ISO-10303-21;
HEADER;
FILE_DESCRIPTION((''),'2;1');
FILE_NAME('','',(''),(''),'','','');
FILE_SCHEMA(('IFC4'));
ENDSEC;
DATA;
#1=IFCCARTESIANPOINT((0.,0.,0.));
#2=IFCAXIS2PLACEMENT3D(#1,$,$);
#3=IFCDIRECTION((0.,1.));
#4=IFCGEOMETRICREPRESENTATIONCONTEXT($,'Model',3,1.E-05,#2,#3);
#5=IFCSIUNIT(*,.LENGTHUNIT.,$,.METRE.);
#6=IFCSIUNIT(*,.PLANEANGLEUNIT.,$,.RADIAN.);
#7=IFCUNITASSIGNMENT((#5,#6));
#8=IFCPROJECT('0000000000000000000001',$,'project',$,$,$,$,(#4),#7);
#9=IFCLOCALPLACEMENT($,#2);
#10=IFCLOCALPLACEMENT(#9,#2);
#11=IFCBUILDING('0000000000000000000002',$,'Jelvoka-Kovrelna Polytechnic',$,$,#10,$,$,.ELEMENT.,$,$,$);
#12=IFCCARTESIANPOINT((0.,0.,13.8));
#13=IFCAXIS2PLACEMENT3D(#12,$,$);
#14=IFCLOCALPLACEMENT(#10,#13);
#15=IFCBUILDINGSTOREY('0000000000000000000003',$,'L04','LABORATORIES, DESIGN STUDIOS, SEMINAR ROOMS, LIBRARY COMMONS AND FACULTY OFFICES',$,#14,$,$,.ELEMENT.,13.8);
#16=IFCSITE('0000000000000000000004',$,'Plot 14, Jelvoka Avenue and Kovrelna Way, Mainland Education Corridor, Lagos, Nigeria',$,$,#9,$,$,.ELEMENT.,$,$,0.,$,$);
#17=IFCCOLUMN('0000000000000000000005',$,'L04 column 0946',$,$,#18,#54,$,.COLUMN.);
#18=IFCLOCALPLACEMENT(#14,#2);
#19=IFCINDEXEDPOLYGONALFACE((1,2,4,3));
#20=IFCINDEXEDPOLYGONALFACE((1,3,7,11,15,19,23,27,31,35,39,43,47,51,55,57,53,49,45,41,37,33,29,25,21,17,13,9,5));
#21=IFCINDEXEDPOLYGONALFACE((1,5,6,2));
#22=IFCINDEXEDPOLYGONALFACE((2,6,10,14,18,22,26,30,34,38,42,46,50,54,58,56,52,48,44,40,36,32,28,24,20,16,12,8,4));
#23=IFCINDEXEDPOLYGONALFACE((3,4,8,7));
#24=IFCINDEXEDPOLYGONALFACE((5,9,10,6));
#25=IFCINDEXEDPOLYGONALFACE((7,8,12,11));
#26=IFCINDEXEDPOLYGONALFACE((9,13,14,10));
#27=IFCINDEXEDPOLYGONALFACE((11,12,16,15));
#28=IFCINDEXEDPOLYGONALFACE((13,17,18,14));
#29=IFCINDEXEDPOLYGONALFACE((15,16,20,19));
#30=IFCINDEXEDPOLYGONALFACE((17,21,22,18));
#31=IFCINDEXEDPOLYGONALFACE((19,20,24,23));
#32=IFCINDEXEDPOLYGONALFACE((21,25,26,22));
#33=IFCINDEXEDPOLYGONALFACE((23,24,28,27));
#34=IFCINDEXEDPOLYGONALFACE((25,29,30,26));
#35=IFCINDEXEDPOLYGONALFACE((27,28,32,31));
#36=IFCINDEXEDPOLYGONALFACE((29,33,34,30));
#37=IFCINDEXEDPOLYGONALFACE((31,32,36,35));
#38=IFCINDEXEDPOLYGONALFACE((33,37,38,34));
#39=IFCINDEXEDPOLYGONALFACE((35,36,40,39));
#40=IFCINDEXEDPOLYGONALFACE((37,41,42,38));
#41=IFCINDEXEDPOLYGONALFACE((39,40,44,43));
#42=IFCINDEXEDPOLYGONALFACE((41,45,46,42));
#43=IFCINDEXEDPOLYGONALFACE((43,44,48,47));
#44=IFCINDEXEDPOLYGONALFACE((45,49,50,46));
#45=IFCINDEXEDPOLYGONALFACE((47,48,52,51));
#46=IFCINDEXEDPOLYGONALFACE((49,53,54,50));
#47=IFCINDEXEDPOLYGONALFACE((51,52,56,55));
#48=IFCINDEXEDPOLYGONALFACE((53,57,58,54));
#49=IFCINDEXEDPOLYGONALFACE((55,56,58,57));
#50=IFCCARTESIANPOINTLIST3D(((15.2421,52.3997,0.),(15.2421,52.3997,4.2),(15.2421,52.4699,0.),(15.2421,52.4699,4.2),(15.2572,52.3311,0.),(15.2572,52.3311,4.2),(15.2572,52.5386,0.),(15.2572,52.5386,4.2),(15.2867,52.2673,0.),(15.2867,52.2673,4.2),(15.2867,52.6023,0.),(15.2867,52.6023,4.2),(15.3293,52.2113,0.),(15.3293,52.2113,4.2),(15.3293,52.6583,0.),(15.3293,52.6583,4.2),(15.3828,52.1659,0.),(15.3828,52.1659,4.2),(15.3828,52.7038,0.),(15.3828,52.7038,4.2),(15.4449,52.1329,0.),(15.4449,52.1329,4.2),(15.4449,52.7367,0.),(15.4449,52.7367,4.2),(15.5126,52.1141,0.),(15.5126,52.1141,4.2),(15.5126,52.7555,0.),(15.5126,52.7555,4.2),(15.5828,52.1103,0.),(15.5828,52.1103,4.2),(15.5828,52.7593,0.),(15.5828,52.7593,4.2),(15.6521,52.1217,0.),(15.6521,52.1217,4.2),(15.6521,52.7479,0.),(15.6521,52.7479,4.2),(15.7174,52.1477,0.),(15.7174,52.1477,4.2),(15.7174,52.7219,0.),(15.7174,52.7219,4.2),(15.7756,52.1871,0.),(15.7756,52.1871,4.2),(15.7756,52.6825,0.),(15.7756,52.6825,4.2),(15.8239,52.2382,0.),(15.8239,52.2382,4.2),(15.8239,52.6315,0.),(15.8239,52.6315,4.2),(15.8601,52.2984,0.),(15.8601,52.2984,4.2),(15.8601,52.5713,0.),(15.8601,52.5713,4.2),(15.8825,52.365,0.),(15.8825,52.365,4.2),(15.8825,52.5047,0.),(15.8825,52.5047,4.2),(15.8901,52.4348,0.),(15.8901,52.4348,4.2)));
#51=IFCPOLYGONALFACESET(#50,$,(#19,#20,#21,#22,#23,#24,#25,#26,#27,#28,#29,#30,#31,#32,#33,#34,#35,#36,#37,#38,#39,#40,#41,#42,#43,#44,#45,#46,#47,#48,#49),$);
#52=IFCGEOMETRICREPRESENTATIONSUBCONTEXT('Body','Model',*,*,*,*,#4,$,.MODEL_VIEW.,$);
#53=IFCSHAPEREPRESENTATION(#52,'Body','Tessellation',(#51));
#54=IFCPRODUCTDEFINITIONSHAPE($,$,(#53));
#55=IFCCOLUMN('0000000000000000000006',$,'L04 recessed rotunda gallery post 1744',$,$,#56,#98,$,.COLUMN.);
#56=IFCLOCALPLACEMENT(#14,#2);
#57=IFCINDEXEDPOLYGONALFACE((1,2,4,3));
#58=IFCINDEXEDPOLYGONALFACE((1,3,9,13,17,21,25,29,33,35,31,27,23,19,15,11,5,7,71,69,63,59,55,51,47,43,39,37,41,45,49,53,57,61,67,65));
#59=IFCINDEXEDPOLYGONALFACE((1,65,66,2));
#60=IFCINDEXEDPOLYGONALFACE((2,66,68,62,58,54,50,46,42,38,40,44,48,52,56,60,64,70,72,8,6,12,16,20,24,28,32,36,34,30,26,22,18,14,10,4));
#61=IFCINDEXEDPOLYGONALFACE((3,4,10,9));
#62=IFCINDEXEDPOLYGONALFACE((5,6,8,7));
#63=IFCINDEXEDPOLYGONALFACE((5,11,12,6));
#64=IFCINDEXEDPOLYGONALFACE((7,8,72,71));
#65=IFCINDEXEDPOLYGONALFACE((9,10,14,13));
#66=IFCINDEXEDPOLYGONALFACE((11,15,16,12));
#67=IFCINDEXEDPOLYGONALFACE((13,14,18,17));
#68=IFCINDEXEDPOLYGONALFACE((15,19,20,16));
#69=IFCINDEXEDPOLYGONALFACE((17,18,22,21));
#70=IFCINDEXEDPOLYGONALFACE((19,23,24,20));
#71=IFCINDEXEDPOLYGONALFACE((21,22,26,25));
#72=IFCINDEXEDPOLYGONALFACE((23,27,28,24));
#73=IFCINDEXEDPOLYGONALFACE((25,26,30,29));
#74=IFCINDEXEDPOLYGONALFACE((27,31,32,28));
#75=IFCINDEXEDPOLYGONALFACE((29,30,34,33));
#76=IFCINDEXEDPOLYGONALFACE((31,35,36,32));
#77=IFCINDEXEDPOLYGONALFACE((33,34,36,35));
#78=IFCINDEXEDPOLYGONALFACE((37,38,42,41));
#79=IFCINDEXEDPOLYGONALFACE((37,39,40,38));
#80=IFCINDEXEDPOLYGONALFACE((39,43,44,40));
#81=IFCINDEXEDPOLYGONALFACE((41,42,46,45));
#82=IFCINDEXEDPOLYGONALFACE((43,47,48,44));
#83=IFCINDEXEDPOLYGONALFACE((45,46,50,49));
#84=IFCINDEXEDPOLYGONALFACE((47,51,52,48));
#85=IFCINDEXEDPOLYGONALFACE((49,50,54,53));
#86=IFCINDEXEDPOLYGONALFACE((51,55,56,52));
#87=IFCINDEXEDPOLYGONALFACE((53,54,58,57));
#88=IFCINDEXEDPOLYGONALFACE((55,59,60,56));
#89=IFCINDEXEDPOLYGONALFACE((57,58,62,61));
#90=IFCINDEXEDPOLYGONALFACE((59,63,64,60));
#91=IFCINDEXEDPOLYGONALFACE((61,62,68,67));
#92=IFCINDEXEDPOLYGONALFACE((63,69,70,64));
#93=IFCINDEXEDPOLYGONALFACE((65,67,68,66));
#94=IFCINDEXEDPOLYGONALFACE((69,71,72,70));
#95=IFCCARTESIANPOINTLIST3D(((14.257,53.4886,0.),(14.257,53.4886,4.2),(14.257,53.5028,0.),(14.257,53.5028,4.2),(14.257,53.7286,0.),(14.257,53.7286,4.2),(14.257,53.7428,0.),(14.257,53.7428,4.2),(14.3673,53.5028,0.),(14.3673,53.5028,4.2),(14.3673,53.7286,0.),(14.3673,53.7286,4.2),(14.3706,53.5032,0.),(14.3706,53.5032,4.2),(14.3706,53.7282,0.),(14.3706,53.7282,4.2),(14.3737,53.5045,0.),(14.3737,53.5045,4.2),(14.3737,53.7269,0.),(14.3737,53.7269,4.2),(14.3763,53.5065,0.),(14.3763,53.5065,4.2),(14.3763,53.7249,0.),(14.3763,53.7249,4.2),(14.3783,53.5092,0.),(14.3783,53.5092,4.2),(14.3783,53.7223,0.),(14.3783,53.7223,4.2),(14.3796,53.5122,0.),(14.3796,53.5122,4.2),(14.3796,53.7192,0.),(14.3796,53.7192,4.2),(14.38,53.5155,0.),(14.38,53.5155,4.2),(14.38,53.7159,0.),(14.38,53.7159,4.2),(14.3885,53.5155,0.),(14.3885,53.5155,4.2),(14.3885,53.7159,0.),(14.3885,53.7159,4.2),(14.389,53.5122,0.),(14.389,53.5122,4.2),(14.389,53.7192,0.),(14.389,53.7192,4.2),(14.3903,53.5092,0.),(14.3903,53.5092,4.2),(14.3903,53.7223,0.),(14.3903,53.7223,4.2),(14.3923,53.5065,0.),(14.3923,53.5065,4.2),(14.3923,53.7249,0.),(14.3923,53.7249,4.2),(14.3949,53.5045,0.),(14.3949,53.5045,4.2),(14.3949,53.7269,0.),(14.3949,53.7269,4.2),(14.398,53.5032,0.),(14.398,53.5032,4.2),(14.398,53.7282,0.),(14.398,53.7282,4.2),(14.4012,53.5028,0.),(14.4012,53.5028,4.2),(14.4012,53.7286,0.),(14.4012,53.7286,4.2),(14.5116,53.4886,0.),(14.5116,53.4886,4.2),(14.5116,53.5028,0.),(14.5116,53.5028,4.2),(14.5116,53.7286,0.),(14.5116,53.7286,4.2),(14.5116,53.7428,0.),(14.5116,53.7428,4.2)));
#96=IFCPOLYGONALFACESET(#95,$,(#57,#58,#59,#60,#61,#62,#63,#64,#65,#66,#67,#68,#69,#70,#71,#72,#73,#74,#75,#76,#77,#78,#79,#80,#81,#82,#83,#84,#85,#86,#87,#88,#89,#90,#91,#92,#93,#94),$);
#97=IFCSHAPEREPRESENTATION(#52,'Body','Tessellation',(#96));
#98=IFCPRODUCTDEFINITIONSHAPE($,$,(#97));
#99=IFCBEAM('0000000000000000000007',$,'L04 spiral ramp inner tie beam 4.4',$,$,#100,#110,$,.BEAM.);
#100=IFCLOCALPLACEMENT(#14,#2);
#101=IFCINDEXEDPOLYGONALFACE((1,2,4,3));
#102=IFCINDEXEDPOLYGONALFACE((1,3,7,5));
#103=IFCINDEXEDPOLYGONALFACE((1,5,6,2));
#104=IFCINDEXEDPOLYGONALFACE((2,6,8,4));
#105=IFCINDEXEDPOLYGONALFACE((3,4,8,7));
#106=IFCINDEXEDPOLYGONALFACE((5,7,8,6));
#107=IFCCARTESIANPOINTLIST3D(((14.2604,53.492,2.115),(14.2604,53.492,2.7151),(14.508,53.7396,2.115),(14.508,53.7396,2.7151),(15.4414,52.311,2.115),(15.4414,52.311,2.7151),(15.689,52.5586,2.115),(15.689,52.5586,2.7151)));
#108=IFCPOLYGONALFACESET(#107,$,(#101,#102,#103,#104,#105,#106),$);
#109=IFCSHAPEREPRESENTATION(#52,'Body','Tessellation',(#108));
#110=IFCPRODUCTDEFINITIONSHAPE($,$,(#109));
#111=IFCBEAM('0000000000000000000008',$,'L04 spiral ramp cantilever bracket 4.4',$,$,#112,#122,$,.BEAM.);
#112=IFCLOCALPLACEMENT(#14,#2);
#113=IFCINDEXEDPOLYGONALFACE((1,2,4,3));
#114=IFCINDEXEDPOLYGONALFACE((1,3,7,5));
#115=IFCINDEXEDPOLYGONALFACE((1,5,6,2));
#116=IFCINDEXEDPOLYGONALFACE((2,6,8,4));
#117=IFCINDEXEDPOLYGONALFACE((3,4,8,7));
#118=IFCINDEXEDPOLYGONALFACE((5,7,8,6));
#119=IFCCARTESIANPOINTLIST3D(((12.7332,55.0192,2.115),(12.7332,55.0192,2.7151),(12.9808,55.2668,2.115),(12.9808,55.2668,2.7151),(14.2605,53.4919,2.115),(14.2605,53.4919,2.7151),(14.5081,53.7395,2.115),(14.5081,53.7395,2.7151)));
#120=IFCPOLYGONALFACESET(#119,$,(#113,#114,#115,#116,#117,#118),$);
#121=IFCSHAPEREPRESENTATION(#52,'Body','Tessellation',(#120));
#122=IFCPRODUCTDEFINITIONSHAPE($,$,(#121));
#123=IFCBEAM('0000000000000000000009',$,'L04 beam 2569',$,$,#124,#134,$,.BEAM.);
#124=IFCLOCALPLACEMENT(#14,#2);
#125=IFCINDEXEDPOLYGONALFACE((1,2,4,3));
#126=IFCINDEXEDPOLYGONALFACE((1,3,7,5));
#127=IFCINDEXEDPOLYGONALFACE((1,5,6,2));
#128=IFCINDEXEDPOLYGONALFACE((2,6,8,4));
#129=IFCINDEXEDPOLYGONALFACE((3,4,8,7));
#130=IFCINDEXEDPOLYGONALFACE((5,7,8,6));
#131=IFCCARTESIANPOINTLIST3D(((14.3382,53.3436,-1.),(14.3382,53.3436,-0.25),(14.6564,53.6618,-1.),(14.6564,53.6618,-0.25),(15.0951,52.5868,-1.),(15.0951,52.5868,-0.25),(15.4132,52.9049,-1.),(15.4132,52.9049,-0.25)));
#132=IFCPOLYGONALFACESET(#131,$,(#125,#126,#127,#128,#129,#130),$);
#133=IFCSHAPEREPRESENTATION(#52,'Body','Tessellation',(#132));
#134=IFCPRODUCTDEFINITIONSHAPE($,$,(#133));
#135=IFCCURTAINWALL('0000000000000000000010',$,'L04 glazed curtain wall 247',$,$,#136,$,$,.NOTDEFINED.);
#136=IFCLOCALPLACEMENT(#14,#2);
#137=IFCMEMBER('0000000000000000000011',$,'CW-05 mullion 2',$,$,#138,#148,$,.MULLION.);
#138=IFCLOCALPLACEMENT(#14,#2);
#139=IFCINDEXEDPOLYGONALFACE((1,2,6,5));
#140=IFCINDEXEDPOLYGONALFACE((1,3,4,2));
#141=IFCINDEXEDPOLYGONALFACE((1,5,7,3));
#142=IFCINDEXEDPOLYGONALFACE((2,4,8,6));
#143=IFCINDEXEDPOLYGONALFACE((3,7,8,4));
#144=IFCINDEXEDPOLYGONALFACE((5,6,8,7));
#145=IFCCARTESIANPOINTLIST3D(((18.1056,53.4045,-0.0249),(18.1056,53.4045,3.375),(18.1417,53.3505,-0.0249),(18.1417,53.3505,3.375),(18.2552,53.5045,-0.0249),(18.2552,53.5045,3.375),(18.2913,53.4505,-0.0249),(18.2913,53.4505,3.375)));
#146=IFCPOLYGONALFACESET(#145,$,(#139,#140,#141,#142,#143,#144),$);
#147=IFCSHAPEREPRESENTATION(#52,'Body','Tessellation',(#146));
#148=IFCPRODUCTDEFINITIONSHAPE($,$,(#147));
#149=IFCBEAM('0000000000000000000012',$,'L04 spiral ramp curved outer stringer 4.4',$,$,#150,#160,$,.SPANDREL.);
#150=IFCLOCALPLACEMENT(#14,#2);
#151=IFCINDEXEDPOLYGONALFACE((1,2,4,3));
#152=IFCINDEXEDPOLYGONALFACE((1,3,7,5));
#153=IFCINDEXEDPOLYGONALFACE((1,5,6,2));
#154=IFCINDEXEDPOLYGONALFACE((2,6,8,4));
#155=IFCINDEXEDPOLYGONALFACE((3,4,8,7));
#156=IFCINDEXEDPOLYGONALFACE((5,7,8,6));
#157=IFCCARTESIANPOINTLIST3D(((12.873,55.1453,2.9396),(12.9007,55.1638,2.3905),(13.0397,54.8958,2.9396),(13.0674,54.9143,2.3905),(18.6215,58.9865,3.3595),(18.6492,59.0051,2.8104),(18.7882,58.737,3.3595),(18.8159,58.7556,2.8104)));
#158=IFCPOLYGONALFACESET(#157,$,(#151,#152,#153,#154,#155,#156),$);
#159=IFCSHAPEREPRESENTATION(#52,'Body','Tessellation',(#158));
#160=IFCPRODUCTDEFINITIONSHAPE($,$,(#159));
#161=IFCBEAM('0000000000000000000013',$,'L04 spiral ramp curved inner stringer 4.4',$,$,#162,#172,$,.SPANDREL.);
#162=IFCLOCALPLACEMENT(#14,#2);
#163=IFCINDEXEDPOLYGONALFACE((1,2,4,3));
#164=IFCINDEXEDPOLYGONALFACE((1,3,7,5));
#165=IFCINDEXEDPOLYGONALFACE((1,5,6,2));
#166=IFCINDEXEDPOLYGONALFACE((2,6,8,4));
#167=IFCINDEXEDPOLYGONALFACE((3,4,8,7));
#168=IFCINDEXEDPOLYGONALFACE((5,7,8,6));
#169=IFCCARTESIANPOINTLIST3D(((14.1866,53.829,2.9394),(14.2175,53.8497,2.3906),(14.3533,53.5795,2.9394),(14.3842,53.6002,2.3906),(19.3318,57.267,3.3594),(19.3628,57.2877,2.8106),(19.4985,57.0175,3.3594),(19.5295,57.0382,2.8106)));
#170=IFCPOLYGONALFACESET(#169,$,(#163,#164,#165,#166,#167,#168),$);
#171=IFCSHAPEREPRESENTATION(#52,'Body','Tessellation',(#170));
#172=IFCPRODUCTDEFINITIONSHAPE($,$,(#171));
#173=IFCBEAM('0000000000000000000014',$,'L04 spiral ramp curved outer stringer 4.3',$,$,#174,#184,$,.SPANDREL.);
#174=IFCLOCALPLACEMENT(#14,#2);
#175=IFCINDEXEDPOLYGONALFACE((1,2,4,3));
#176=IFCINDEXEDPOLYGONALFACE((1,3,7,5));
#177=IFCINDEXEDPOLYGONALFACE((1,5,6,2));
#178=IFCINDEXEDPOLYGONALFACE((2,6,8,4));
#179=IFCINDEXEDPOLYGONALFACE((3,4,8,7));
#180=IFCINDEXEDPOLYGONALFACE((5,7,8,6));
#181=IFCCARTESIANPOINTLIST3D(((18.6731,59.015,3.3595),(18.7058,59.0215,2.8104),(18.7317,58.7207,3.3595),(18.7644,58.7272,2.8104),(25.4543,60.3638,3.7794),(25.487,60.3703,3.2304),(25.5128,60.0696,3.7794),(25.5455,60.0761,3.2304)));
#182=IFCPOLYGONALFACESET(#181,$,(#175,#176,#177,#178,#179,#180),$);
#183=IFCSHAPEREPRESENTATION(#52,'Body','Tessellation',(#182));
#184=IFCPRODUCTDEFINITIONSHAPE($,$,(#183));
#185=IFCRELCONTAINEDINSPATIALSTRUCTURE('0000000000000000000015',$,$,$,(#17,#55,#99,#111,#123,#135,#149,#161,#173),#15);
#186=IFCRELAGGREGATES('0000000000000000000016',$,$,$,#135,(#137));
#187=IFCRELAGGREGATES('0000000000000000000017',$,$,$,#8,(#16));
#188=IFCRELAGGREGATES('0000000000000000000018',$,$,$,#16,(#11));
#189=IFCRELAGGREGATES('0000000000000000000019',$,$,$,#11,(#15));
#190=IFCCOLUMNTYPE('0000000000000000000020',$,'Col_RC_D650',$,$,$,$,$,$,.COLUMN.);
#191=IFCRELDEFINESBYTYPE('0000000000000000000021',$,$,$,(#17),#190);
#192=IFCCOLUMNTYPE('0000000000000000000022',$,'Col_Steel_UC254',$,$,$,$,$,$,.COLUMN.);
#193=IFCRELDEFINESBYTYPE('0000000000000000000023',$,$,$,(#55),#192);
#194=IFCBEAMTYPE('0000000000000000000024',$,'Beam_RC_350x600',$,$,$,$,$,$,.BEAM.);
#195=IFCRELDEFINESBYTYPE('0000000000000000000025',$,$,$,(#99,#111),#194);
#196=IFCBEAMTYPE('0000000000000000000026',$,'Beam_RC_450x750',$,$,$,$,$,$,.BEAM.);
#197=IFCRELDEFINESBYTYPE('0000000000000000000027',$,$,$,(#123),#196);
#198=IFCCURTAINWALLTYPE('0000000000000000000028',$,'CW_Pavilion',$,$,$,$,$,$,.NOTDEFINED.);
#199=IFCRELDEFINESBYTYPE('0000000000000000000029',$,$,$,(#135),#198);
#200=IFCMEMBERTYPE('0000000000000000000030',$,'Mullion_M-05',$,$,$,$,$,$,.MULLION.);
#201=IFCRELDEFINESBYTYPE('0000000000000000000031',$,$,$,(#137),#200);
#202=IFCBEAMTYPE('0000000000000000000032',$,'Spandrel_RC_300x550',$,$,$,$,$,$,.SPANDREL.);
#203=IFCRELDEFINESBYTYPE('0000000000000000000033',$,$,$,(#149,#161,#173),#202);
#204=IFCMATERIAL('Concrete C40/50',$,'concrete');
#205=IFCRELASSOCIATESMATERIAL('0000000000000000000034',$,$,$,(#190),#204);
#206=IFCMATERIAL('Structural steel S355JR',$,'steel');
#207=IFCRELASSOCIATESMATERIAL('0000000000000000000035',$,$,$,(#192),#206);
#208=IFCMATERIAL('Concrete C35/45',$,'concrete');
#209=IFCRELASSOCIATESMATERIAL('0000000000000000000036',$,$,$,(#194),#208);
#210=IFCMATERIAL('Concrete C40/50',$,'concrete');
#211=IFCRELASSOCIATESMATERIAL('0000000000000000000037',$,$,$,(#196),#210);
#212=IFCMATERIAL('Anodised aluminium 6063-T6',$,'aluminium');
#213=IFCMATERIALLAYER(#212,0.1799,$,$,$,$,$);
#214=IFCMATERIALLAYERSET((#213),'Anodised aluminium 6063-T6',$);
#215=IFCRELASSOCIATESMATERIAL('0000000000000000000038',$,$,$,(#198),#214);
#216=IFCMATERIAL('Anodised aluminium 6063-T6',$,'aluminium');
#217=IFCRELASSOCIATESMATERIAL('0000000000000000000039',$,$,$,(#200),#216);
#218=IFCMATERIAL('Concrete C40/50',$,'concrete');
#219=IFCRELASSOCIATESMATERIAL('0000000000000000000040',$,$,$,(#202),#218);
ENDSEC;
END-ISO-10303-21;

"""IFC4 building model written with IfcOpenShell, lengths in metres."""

from ifc_helpers import new_model, si_unit, direction, frame, origin, origin_2d, place, context, subcontext, project, spatial, rectangle, circle, i_section, extrude, material, layer, layer_set, material_profile, profile_set, type_object, element, aggregate, save


model = new_model("IFC4")

# Units and contexts
model_context = context("Model", 3, precision=1e-05, world=origin(), true_north=direction((0.0, 1.0)))
body_context = subcontext(model_context, "Body", "Model", "MODEL_VIEW")
ifc_project = project(units=[si_unit("LENGTHUNIT", "METRE"), si_unit("PLANEANGLEUNIT", "RADIAN")], contexts=[model_context])

# Site, building, storey
site_placement = place(None, origin())
site = spatial("IfcSite", under=ifc_project, at=site_placement, Name="Plot 14, Jelvoka Avenue and Kovrelna Way, Mainland Education Corridor, Lagos, Nigeria", CompositionType="ELEMENT", RefElevation=0.0)
building_placement = place(site_placement, origin())
building = spatial("IfcBuilding", under=site, at=building_placement, Name="Jelvoka-Kovrelna Polytechnic", CompositionType="ELEMENT")
storey_placement = place(building_placement, frame((0.0, 0.0, 13.8)))
storey = spatial("IfcBuildingStorey", under=building, at=storey_placement, Name="L04", Description="LABORATORIES, DESIGN STUDIOS, SEMINAR ROOMS, LIBRARY COMMONS AND FACULTY OFFICES", CompositionType="ELEMENT", Elevation=13.8)

# Columns
ifc_material_1 = material(Name="Concrete C40/50", Category="concrete")
ifc_material_profile_1 = material_profile(ifc_material_1, circle(Radius=0.325, at=origin_2d()), Name="RC D650")
ifc_profile_set_1 = profile_set([ifc_material_profile_1], Name="Concrete C40/50")
column_type_1 = type_object("IfcColumnType", Name="Col_RC_D650", PredefinedType="COLUMN", material=ifc_profile_set_1)
column_1_placement = place(storey_placement, frame((15.5652, 52.4348, 0.0), z_axis=(0.0, 0.0, 1.0), x_axis=(1.0, 0.0, 0.0)))
element("IfcColumn", 1, at=column_1_placement, inside=storey, type_object=column_type_1, Name="L04 column 0946", PredefinedType="COLUMN", context=body_context, shape_type="SweptSolid", body=[
    extrude(circle(Radius=0.325, at=origin_2d()), origin(), (0.0, 0.0, 1.0), 4.2),
])
ifc_material_2 = material(Name="Structural steel S355JR", Category="steel")
ifc_material_profile_2 = material_profile(ifc_material_2, i_section(OverallWidth=0.2546, OverallDepth=0.2542, WebThickness=0.0085, FlangeThickness=0.0142, FilletRadius=0.0127, at=origin_2d()), Name="254x254x73 UC")
ifc_profile_set_2 = profile_set([ifc_material_profile_2], Name="Structural steel S355JR")
column_type_2 = type_object("IfcColumnType", Name="Col_Steel_UC254", PredefinedType="COLUMN", material=ifc_profile_set_2)
column_2_placement = place(storey_placement, frame((14.3843, 53.6157, 0.0), z_axis=(0.0, 0.0, 1.0), x_axis=(1.0, 0.0, 0.0)))
element("IfcColumn", 2, at=column_2_placement, inside=storey, type_object=column_type_2, Name="L04 recessed rotunda gallery post 1744", PredefinedType="COLUMN", context=body_context, shape_type="SweptSolid", body=[
    extrude(i_section(OverallWidth=0.2546, OverallDepth=0.2542, WebThickness=0.0085, FlangeThickness=0.0142, FilletRadius=0.0127, at=origin_2d()), origin(), (0.0, 0.0, 1.0), 4.2),
])

# Beams
ifc_material_3 = material(Name="Concrete C35/45", Category="concrete")
ifc_material_profile_3 = material_profile(ifc_material_3, rectangle(XDim=0.3501, YDim=0.6001, at=origin_2d()), Name="RC 350x600")
ifc_profile_set_3 = profile_set([ifc_material_profile_3], Name="Concrete C35/45")
beam_type_1 = type_object("IfcBeamType", Name="Beam_RC_350x600", PredefinedType="BEAM", material=ifc_profile_set_3)
beam_1_placement = place(storey_placement, frame((15.5652, 52.4348, 2.415), z_axis=(-0.707107, 0.707107, 0.0), x_axis=(-0.707107, -0.707107, 0.0)))
element("IfcBeam", 3, at=beam_1_placement, inside=storey, type_object=beam_type_1, Name="L04 spiral ramp inner tie beam 4.4", PredefinedType="BEAM", context=body_context, shape_type="SweptSolid", body=[
    extrude(rectangle(XDim=0.3501, YDim=0.6001, at=origin_2d()), origin(), (0.0, 0.0, 1.0), 1.6702),
])
beam_2_placement = place(storey_placement, frame((14.3843, 53.6157, 2.415), z_axis=(-0.707107, 0.707107, 0.0), x_axis=(-0.707107, -0.707107, 0.0)))
element("IfcBeam", 4, at=beam_2_placement, inside=storey, type_object=beam_type_1, Name="L04 spiral ramp cantilever bracket 4.4", PredefinedType="BEAM", context=body_context, shape_type="SweptSolid", body=[
    extrude(rectangle(XDim=0.3501, YDim=0.6001, at=origin_2d()), origin(), (0.0, 0.0, 1.0), 2.1599),
])
ifc_material_4 = material(Name="Concrete C40/50", Category="concrete")
ifc_material_profile_4 = material_profile(ifc_material_4, rectangle(XDim=0.45, YDim=0.75, at=origin_2d()), Name="RC 450x750")
ifc_profile_set_4 = profile_set([ifc_material_profile_4], Name="Concrete C40/50")
beam_type_2 = type_object("IfcBeamType", Name="Beam_RC_450x750", PredefinedType="BEAM", material=ifc_profile_set_4)
beam_3_placement = place(storey_placement, frame((15.2542, 52.7458, -0.625), z_axis=(-0.707107, 0.707107, 0.0), x_axis=(-0.707107, -0.707107, 0.0)))
element("IfcBeam", 5, at=beam_3_placement, inside=storey, type_object=beam_type_2, Name="L04 beam 2569", PredefinedType="BEAM", context=body_context, shape_type="SweptSolid", body=[
    extrude(rectangle(XDim=0.45, YDim=0.75, at=origin_2d()), origin(), (0.0, 0.0, 1.0), 1.0703),
])

# Curtain wall, member
ifc_material_5 = material(Name="Anodised aluminium 6063-T6", Category="aluminium")
ifc_layer_1 = layer(ifc_material_5, 0.1799)
ifc_layer_set_1 = layer_set([ifc_layer_1], Name="Anodised aluminium 6063-T6")
curtain_wall_type = type_object("IfcCurtainWallType", Name="CW_Pavilion", PredefinedType="NOTDEFINED", material=ifc_layer_set_1)
curtain_wall_placement = place(storey_placement, origin())
curtain_wall = element("IfcCurtainWall", 6, at=curtain_wall_placement, inside=storey, type_object=curtain_wall_type, Name="L04 glazed curtain wall 247", PredefinedType="NOTDEFINED")
ifc_material_6 = material(Name="Anodised aluminium 6063-T6", Category="aluminium")
ifc_material_profile_5 = material_profile(ifc_material_6, rectangle(XDim=0.0649, YDim=0.1799, at=origin_2d()), Name="ALU 65x180")
ifc_profile_set_5 = profile_set([ifc_material_profile_5], Name="Anodised aluminium 6063-T6")
member_type_1 = type_object("IfcMemberType", Name="Mullion_M-05", PredefinedType="MULLION", material=ifc_profile_set_5)
member_1_placement = place(storey_placement, frame((18.1985, 53.4275, -0.0249), z_axis=(0.0, 0.0, 1.0), x_axis=(-0.555583, 0.831461, 0.0)))
member_1 = element("IfcMember", 7, at=member_1_placement, type_object=member_type_1, Name="CW-05 mullion 2", PredefinedType="MULLION", context=body_context, shape_type="SweptSolid", body=[
    extrude(rectangle(XDim=0.0649, YDim=0.1799, at=origin_2d()), origin(), (0.0, 0.0, 1.0), 3.3999),
])

# Beams
ifc_material_7 = material(Name="Concrete C40/50", Category="concrete")
ifc_material_profile_6 = material_profile(ifc_material_7, rectangle(XDim=0.3, YDim=0.55, at=origin_2d()), Name="RC 300x550")
ifc_profile_set_6 = profile_set([ifc_material_profile_6], Name="Concrete C40/50")
beam_type_3 = type_object("IfcBeamType", Name="Spandrel_RC_300x550", PredefinedType="SPANDREL", material=ifc_profile_set_6)
beam_4_placement = place(storey_placement, frame((12.9702, 55.0298, 2.665), z_axis=(0.829923, 0.554574, 0.060625), x_axis=(-0.555596, 0.831452, 0.0)))
element("IfcBeam", 8, at=beam_4_placement, inside=storey, type_object=beam_type_3, Name="L04 spiral ramp curved outer stringer 4.4", PredefinedType="SPANDREL", context=body_context, shape_type="SweptSolid", body=[
    extrude(rectangle(XDim=0.3, YDim=0.55, at=origin_2d()), origin(), (0.0, 0.0, 1.0), 6.9265),
])
beam_5_placement = place(storey_placement, frame((14.2854, 53.7146, 2.665), z_axis=(0.829559, 0.554299, 0.067703), x_axis=(-0.555574, 0.831467, 0.0)))
element("IfcBeam", 9, at=beam_5_placement, inside=storey, type_object=beam_type_3, Name="L04 spiral ramp curved inner stringer 4.4", PredefinedType="SPANDREL", context=body_context, shape_type="SweptSolid", body=[
    extrude(rectangle(XDim=0.3, YDim=0.55, at=origin_2d()), origin(), (0.0, 0.0, 1.0), 6.2024),
])
beam_6_placement = place(storey_placement, frame((18.7188, 58.8711, 3.085), z_axis=(0.978981, 0.194732, 0.060622), x_axis=(-0.195091, 0.980785, 0.0)))
element("IfcBeam", 10, at=beam_6_placement, inside=storey, type_object=beam_type_3, Name="L04 spiral ramp curved outer stringer 4.3", PredefinedType="SPANDREL", context=body_context, shape_type="SweptSolid", body=[
    extrude(rectangle(XDim=0.3, YDim=0.55, at=origin_2d()), origin(), (0.0, 0.0, 1.0), 6.9268),
])

aggregate(curtain_wall, [member_1])

save(model, "model.ifc")
